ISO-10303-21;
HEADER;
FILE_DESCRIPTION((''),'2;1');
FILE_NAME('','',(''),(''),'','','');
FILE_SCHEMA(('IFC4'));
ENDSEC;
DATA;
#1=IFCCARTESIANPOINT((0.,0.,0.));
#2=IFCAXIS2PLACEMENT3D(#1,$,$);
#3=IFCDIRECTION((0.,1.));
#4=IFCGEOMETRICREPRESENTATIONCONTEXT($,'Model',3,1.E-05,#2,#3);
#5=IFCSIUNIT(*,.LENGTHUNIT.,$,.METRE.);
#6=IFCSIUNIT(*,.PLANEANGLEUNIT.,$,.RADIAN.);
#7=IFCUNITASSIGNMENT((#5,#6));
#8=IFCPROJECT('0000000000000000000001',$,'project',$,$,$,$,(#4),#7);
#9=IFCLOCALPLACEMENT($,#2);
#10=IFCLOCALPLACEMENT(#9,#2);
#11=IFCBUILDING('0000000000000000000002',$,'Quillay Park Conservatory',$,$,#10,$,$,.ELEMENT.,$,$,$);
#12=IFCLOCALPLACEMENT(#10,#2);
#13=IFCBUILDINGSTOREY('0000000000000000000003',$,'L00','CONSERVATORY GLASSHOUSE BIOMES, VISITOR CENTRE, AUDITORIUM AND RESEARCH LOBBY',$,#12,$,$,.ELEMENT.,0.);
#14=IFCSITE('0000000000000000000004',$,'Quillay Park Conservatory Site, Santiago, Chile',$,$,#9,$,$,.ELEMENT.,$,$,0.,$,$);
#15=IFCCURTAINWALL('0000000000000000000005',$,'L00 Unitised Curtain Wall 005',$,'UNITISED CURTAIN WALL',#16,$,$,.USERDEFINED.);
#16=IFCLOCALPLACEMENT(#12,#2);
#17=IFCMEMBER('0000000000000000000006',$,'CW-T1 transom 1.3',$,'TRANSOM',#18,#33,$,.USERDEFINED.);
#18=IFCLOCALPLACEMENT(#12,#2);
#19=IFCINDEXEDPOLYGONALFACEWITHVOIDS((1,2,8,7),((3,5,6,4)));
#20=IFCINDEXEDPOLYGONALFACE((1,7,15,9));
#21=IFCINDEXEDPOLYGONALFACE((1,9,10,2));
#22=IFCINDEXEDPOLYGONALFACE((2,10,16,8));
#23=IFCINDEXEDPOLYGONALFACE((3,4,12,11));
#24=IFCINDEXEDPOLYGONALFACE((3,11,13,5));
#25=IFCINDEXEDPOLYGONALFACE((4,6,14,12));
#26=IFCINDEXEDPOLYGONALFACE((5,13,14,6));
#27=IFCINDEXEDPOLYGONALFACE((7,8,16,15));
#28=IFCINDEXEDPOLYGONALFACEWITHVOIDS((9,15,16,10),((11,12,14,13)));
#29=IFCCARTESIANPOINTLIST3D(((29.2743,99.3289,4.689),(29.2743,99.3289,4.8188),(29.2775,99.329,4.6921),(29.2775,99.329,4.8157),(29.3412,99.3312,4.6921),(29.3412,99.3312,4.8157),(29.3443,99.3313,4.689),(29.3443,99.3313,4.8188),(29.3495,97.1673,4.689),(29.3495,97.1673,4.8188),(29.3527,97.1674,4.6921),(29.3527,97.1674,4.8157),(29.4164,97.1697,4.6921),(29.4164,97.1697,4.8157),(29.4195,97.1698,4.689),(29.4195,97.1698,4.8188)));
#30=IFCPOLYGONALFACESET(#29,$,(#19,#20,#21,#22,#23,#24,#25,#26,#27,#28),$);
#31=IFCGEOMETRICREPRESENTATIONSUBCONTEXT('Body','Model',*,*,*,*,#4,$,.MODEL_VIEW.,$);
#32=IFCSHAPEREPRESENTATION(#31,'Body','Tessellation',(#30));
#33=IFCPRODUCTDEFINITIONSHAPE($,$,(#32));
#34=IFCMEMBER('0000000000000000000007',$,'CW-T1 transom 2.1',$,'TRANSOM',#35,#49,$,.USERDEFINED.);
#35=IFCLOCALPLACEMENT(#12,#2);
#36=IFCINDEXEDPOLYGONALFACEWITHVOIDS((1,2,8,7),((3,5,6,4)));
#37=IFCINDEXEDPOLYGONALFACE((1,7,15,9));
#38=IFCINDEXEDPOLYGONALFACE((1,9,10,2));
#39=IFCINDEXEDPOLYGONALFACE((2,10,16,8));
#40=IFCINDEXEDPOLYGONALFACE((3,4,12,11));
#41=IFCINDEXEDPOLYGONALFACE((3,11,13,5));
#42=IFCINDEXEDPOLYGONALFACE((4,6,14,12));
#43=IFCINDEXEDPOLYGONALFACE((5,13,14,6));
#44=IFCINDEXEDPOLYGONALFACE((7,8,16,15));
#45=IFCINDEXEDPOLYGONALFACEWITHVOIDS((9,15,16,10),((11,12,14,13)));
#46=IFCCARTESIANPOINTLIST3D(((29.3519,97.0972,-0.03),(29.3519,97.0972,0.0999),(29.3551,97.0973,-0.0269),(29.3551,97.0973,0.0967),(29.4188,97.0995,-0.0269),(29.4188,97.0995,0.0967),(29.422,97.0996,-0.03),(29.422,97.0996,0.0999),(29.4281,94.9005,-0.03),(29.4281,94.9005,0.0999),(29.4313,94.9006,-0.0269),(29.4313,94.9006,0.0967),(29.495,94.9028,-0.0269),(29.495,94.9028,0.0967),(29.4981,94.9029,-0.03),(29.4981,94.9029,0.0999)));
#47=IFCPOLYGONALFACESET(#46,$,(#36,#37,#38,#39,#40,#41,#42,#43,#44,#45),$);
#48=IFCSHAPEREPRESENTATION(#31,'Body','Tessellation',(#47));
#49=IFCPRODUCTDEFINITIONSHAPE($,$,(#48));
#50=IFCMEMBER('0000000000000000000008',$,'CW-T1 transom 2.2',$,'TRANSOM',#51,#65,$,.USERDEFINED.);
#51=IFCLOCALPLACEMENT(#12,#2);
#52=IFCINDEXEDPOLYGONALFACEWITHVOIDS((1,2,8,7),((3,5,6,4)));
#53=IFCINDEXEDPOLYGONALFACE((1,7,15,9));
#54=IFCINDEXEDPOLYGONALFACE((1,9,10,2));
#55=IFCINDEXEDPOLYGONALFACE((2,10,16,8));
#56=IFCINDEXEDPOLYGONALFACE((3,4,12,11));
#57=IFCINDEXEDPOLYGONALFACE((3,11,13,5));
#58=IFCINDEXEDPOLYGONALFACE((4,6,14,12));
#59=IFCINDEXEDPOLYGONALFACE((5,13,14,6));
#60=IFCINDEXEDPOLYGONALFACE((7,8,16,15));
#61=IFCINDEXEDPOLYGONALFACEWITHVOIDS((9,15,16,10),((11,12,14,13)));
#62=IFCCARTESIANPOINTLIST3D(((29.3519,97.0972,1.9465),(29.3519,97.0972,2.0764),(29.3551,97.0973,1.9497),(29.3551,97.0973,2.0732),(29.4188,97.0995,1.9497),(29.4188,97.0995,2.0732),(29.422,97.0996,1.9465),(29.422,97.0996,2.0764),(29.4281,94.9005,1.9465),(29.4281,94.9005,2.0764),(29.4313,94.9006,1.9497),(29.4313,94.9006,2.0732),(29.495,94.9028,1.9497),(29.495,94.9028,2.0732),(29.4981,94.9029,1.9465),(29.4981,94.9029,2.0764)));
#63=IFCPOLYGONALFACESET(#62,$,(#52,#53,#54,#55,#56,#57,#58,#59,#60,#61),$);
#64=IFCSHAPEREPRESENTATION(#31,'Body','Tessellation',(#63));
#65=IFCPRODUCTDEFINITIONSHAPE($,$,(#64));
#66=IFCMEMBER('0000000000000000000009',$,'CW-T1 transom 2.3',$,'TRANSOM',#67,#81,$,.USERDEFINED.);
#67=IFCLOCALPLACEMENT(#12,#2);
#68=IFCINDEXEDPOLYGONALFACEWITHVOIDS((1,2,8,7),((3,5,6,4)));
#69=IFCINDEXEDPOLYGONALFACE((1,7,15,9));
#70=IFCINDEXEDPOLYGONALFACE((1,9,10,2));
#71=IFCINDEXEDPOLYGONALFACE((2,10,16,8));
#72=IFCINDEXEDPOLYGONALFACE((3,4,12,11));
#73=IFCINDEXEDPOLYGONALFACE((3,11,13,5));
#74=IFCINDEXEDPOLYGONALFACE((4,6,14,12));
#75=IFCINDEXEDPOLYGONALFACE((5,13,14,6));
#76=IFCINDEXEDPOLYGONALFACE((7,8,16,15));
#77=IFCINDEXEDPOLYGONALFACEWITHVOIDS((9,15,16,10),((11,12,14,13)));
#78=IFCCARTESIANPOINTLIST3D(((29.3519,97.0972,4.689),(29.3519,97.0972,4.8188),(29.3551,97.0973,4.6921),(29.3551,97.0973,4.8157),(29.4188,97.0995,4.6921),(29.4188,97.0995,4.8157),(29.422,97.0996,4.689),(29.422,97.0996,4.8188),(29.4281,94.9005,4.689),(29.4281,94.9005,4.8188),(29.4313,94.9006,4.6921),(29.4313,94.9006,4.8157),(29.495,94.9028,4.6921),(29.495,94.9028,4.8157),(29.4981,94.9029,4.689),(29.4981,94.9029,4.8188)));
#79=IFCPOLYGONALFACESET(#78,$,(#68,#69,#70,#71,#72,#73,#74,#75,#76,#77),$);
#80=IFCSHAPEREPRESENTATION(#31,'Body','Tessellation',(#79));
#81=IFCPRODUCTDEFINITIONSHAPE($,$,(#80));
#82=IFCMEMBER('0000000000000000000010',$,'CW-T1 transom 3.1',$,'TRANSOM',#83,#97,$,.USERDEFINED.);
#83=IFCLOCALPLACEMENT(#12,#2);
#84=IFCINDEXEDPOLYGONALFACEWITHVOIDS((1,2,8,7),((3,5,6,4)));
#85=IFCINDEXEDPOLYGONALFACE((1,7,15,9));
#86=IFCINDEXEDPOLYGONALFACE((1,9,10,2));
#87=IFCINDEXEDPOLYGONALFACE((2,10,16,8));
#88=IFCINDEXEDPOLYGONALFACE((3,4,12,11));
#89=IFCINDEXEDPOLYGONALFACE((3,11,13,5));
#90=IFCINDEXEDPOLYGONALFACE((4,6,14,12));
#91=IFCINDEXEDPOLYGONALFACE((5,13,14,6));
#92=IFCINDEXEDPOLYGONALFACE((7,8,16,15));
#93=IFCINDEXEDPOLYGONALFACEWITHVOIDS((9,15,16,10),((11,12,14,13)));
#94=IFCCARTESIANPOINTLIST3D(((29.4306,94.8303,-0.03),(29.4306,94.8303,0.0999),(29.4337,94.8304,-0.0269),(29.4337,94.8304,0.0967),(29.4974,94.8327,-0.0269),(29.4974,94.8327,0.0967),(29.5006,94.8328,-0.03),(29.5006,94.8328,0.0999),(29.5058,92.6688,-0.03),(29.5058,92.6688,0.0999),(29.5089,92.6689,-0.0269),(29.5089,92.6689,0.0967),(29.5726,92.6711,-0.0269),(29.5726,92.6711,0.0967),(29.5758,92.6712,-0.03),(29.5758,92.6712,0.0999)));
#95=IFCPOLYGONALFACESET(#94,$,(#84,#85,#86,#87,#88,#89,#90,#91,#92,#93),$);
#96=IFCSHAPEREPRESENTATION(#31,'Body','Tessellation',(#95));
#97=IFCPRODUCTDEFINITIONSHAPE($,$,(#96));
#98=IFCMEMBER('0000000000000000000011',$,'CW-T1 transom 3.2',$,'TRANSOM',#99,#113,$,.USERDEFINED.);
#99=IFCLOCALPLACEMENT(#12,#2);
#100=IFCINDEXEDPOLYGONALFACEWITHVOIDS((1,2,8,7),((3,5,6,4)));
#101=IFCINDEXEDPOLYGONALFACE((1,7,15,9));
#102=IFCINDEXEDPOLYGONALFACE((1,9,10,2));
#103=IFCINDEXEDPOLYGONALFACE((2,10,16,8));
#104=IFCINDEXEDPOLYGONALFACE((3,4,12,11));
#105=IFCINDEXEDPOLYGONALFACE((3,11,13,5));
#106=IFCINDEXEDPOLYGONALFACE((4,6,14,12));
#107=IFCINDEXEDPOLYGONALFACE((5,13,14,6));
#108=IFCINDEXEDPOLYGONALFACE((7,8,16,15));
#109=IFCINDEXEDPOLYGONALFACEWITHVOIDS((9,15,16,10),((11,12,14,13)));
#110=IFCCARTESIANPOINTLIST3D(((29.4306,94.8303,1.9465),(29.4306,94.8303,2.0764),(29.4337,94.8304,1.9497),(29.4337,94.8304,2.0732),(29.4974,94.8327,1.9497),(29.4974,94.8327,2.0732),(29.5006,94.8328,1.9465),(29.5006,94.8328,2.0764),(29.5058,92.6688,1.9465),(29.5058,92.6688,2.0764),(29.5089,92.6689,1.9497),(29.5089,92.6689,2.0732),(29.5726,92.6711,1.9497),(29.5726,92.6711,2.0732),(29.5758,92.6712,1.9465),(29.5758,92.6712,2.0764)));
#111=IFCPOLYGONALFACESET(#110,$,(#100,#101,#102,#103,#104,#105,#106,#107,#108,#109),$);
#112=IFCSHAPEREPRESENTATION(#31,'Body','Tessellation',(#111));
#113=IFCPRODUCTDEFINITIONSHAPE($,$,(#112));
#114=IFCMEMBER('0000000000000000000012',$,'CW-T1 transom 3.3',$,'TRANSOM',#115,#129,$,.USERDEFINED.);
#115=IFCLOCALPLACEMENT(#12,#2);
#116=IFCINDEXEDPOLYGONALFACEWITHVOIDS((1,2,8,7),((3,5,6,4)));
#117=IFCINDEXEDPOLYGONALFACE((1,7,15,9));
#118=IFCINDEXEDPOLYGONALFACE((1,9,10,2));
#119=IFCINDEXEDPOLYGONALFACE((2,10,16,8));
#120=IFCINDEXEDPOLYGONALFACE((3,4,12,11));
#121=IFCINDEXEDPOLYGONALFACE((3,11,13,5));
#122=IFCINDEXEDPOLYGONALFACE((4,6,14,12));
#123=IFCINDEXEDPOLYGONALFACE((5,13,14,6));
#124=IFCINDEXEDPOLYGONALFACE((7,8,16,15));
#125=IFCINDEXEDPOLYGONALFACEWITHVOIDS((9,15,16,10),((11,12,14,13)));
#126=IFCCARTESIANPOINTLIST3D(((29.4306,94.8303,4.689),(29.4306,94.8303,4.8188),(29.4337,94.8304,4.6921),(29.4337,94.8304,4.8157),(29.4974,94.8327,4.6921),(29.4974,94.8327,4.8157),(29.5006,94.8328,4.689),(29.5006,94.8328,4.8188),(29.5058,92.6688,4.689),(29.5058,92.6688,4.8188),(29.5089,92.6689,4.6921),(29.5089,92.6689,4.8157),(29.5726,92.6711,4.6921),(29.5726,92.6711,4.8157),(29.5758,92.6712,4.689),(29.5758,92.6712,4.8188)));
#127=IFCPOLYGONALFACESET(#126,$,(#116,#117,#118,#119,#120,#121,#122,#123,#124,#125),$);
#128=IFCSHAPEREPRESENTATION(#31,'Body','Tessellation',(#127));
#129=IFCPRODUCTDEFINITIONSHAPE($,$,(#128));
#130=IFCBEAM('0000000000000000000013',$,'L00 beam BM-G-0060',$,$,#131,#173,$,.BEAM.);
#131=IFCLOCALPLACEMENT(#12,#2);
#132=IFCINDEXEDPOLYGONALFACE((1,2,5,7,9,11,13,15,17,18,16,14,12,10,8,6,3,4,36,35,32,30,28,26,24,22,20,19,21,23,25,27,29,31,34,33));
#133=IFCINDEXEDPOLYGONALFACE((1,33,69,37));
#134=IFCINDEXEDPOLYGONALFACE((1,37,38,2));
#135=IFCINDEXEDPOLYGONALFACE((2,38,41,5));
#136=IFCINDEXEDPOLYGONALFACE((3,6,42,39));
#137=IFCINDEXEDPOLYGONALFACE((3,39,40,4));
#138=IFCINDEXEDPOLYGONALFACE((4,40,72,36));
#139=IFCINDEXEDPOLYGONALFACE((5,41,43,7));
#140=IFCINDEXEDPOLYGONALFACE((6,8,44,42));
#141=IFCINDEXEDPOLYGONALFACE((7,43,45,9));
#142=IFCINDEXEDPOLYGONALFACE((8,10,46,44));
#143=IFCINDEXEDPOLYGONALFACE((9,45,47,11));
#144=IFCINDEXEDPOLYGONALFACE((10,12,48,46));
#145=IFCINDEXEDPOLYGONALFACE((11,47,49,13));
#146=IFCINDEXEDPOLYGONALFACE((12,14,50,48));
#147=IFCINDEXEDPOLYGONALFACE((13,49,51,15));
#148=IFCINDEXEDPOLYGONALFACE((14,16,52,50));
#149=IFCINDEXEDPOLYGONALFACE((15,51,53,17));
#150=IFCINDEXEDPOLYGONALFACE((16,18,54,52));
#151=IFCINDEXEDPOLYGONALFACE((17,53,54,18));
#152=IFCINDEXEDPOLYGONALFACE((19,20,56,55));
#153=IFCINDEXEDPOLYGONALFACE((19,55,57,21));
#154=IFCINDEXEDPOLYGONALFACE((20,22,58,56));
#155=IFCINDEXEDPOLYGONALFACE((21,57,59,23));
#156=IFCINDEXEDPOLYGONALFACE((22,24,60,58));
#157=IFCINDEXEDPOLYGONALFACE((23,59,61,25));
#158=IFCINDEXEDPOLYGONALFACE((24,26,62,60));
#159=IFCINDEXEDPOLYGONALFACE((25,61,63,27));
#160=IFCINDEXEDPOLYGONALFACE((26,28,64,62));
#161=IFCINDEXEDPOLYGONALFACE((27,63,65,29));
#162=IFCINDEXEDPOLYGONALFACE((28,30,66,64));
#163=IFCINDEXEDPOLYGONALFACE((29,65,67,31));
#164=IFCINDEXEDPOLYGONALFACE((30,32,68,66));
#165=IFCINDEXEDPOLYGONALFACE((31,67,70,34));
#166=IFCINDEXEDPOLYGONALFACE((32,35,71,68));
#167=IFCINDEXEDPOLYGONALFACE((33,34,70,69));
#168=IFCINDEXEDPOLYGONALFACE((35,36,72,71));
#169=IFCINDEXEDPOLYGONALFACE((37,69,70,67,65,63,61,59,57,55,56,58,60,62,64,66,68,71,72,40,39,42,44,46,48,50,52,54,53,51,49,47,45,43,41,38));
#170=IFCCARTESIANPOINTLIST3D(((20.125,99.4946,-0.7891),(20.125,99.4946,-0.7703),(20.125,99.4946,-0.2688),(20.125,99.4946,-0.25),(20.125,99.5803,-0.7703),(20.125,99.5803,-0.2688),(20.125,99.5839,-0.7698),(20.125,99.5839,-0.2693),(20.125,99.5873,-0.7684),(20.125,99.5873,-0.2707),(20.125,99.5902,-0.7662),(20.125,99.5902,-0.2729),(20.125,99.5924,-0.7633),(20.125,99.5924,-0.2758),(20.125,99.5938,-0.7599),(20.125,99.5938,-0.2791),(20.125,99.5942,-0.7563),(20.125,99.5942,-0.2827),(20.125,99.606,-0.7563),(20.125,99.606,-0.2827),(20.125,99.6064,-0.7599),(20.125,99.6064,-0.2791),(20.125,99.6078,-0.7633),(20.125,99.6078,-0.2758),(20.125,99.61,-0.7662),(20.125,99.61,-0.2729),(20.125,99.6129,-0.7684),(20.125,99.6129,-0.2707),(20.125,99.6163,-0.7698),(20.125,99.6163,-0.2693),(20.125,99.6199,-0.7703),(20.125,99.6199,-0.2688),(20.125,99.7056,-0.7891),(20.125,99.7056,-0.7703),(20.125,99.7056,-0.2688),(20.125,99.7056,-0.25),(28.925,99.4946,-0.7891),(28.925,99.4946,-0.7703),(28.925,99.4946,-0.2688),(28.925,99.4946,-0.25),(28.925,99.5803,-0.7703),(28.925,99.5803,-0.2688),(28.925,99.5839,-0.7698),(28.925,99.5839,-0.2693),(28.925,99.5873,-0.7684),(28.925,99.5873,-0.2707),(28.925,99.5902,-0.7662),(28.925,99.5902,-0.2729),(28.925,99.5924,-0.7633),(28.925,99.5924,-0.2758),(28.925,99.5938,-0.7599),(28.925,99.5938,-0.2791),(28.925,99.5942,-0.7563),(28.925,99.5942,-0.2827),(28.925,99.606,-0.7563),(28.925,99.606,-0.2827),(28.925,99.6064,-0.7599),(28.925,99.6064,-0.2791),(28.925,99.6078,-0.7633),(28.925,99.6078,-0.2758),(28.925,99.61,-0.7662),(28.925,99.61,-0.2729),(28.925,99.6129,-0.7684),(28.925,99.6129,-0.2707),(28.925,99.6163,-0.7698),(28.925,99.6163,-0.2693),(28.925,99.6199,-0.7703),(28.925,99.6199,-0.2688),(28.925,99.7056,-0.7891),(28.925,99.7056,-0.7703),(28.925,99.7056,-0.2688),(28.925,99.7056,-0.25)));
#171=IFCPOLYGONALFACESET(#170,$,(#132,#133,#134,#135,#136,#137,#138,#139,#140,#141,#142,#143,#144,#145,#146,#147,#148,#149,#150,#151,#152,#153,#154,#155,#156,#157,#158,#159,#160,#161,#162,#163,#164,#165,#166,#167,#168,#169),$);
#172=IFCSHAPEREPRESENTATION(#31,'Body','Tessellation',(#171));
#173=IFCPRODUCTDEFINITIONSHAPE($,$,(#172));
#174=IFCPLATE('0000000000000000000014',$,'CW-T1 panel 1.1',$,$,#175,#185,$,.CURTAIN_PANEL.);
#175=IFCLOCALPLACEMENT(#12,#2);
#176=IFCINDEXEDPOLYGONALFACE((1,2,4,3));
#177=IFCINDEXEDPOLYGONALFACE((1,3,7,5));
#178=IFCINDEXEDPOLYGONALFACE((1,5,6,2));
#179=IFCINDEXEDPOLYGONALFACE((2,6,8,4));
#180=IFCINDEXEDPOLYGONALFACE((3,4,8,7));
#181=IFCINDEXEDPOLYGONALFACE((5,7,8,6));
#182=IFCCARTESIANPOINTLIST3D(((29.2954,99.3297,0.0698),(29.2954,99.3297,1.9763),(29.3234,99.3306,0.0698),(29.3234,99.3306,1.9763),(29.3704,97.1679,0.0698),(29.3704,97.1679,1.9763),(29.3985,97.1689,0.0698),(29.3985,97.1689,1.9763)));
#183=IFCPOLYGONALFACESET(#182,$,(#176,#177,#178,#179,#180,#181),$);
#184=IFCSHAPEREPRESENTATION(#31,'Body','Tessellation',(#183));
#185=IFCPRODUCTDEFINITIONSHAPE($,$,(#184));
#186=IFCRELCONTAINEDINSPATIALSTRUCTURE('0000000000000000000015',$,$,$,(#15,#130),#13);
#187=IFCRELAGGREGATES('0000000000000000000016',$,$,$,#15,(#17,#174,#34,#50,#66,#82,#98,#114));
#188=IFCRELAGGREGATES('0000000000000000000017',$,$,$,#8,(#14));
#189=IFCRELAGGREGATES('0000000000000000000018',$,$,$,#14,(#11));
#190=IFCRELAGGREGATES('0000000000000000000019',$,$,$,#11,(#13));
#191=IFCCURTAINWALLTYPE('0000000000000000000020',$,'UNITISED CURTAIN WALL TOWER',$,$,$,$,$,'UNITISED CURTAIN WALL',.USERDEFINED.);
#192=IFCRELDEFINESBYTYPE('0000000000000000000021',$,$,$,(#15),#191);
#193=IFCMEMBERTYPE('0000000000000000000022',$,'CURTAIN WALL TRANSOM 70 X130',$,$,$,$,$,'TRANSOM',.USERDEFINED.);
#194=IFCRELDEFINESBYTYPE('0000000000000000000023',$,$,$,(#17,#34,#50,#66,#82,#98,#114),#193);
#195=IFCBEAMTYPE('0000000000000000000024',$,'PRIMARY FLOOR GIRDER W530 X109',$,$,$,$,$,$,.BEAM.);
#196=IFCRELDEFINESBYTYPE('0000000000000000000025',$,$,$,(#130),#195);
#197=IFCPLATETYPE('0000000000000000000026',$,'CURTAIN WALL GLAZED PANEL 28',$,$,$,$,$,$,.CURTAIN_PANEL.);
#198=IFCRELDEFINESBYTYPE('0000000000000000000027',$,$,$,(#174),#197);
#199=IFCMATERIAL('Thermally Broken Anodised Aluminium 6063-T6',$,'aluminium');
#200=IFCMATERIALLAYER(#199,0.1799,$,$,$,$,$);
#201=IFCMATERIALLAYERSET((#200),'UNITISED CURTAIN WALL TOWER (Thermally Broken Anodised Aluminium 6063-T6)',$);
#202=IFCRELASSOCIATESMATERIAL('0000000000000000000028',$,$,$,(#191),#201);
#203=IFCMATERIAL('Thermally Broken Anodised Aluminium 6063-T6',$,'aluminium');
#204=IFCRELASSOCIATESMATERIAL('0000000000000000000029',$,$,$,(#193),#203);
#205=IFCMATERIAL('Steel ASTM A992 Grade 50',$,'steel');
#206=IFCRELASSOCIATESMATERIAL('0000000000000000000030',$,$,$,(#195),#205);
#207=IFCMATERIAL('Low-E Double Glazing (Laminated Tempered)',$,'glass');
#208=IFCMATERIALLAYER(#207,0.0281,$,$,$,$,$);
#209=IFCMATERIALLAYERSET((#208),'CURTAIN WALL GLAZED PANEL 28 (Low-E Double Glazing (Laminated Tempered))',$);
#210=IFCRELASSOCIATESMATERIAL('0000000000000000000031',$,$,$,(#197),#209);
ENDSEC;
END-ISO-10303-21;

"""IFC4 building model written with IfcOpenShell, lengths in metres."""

from ifc_helpers import new_model, si_unit, direction, frame, origin, origin_2d, place, context, subcontext, project, spatial, rectangle, hollow_rectangle, i_section, extrude, material, layer, layer_set, material_profile, profile_set, type_object, element, aggregate, save


model = new_model("IFC4")

# Units and contexts
model_context = context("Model", 3, precision=1e-05, world=origin(), true_north=direction((0.0, 1.0)))
body_context = subcontext(model_context, "Body", "Model", "MODEL_VIEW")
ifc_project = project(units=[si_unit("LENGTHUNIT", "METRE"), si_unit("PLANEANGLEUNIT", "RADIAN")], contexts=[model_context])

# Site, building, storey
site_placement = place(None, origin())
site = spatial("IfcSite", under=ifc_project, at=site_placement, Name="Quillay Park Conservatory Site, Santiago, Chile", CompositionType="ELEMENT", RefElevation=0.0)
building_placement = place(site_placement, origin())
building = spatial("IfcBuilding", under=site, at=building_placement, Name="Quillay Park Conservatory", CompositionType="ELEMENT")
storey_placement = place(building_placement, origin())
storey = spatial("IfcBuildingStorey", under=building, at=storey_placement, Name="L00", Description="CONSERVATORY GLASSHOUSE BIOMES, VISITOR CENTRE, AUDITORIUM AND RESEARCH LOBBY", CompositionType="ELEMENT", Elevation=0.0)

# Curtain wall, members
ifc_material_1 = material(Name="Thermally Broken Anodised Aluminium 6063-T6", Category="aluminium")
ifc_layer_1 = layer(ifc_material_1, 0.1799)
ifc_layer_set_1 = layer_set([ifc_layer_1], Name="UNITISED CURTAIN WALL TOWER (Thermally Broken Anodised Aluminium 6063-T6)")
curtain_wall_type = type_object("IfcCurtainWallType", Name="UNITISED CURTAIN WALL TOWER", ElementType="UNITISED CURTAIN WALL", PredefinedType="USERDEFINED", material=ifc_layer_set_1)
curtain_wall_placement = place(storey_placement, origin())
curtain_wall = element("IfcCurtainWall", 1, at=curtain_wall_placement, inside=storey, type_object=curtain_wall_type, Name="L00 Unitised Curtain Wall 005", ObjectType="UNITISED CURTAIN WALL", PredefinedType="USERDEFINED")
ifc_material_2 = material(Name="Thermally Broken Anodised Aluminium 6063-T6", Category="aluminium")
ifc_material_profile_1 = material_profile(ifc_material_2, hollow_rectangle(XDim=0.0701, YDim=0.1299, WallThickness=0.0032, at=origin_2d()), Name="AL70x130x3.2")
ifc_profile_set_1 = profile_set([ifc_material_profile_1], Name="Thermally Broken Anodised Aluminium 6063-T6")
member_type_1 = type_object("IfcMemberType", Name="CURTAIN WALL TRANSOM 70 X130", ElementType="TRANSOM", PredefinedType="USERDEFINED", material=ifc_profile_set_1)
member_1_placement = place(storey_placement, frame((29.3093, 99.3301, 4.7539), z_axis=(0.034766, -0.999395, 0.0), x_axis=(0.999395, 0.034766, 0.0)))
member_1 = element("IfcMember", 2, at=member_1_placement, type_object=member_type_1, Name="CW-T1 transom 1.3", ObjectType="TRANSOM", PredefinedType="USERDEFINED", context=body_context, shape_type="SweptSolid", body=[
    extrude(hollow_rectangle(XDim=0.0701, YDim=0.1299, WallThickness=0.0032, at=origin_2d()), origin(), (0.0, 0.0, 1.0), 2.1628),
])
member_2_placement = place(storey_placement, frame((29.387, 97.0984, 0.0349), z_axis=(0.034654, -0.999399, 0.0), x_axis=(0.999399, 0.034654, 0.0)))
member_2 = element("IfcMember", 3, at=member_2_placement, type_object=member_type_1, Name="CW-T1 transom 2.1", ObjectType="TRANSOM", PredefinedType="USERDEFINED", context=body_context, shape_type="SweptSolid", body=[
    extrude(hollow_rectangle(XDim=0.0701, YDim=0.1299, WallThickness=0.0032, at=origin_2d()), origin(), (0.0, 0.0, 1.0), 2.198),
])
member_3_placement = place(storey_placement, frame((29.387, 97.0984, 2.0115), z_axis=(0.034654, -0.999399, 0.0), x_axis=(0.999399, 0.034654, 0.0)))
member_3 = element("IfcMember", 4, at=member_3_placement, type_object=member_type_1, Name="CW-T1 transom 2.2", ObjectType="TRANSOM", PredefinedType="USERDEFINED", context=body_context, shape_type="SweptSolid", body=[
    extrude(hollow_rectangle(XDim=0.0701, YDim=0.1299, WallThickness=0.0032, at=origin_2d()), origin(), (0.0, 0.0, 1.0), 2.198),
])
member_4_placement = place(storey_placement, frame((29.387, 97.0984, 4.7539), z_axis=(0.034654, -0.999399, 0.0), x_axis=(0.999399, 0.034654, 0.0)))
member_4 = element("IfcMember", 5, at=member_4_placement, type_object=member_type_1, Name="CW-T1 transom 2.3", ObjectType="TRANSOM", PredefinedType="USERDEFINED", context=body_context, shape_type="SweptSolid", body=[
    extrude(hollow_rectangle(XDim=0.0701, YDim=0.1299, WallThickness=0.0032, at=origin_2d()), origin(), (0.0, 0.0, 1.0), 2.198),
])
member_5_placement = place(storey_placement, frame((29.4656, 94.8315, 0.0349), z_axis=(0.034766, -0.999395, 0.0), x_axis=(0.999395, 0.034766, 0.0)))
member_5 = element("IfcMember", 6, at=member_5_placement, type_object=member_type_1, Name="CW-T1 transom 3.1", ObjectType="TRANSOM", PredefinedType="USERDEFINED", context=body_context, shape_type="SweptSolid", body=[
    extrude(hollow_rectangle(XDim=0.0701, YDim=0.1299, WallThickness=0.0032, at=origin_2d()), origin(), (0.0, 0.0, 1.0), 2.1628),
])
member_6_placement = place(storey_placement, frame((29.4656, 94.8315, 2.0115), z_axis=(0.034766, -0.999395, 0.0), x_axis=(0.999395, 0.034766, 0.0)))
member_6 = element("IfcMember", 7, at=member_6_placement, type_object=member_type_1, Name="CW-T1 transom 3.2", ObjectType="TRANSOM", PredefinedType="USERDEFINED", context=body_context, shape_type="SweptSolid", body=[
    extrude(hollow_rectangle(XDim=0.0701, YDim=0.1299, WallThickness=0.0032, at=origin_2d()), origin(), (0.0, 0.0, 1.0), 2.1628),
])
member_7_placement = place(storey_placement, frame((29.4656, 94.8315, 4.7539), z_axis=(0.034766, -0.999395, 0.0), x_axis=(0.999395, 0.034766, 0.0)))
member_7 = element("IfcMember", 8, at=member_7_placement, type_object=member_type_1, Name="CW-T1 transom 3.3", ObjectType="TRANSOM", PredefinedType="USERDEFINED", context=body_context, shape_type="SweptSolid", body=[
    extrude(hollow_rectangle(XDim=0.0701, YDim=0.1299, WallThickness=0.0032, at=origin_2d()), origin(), (0.0, 0.0, 1.0), 2.1628),
])

# Beam
ifc_material_3 = material(Name="Steel ASTM A992 Grade 50", Category="steel")
ifc_material_profile_2 = material_profile(ifc_material_3, i_section(OverallWidth=0.2109, OverallDepth=0.5391, WebThickness=0.0117, FlangeThickness=0.0188, FilletRadius=0.0139, at=origin_2d()), Name="W530x109")
ifc_profile_set_2 = profile_set([ifc_material_profile_2], Name="Steel ASTM A992 Grade 50")
beam_type_1 = type_object("IfcBeamType", Name="PRIMARY FLOOR GIRDER W530 X109", PredefinedType="BEAM", material=ifc_profile_set_2)
beam_1_placement = place(storey_placement, frame((20.125, 99.6001, -0.5195), z_axis=(1.0, 0.0, 0.0), x_axis=(0.0, 1.0, 0.0)))
element("IfcBeam", 9, at=beam_1_placement, inside=storey, type_object=beam_type_1, Name="L00 beam BM-G-0060", PredefinedType="BEAM", context=body_context, shape_type="SweptSolid", body=[
    extrude(i_section(OverallWidth=0.2109, OverallDepth=0.5391, WebThickness=0.0117, FlangeThickness=0.0188, FilletRadius=0.0139, at=origin_2d()), origin(), (0.0, 0.0, 1.0), 8.8),
])

# Plate
ifc_material_4 = material(Name="Low-E Double Glazing (Laminated Tempered)", Category="glass")
ifc_layer_2 = layer(ifc_material_4, 0.0281)
ifc_layer_set_2 = layer_set([ifc_layer_2], Name="CURTAIN WALL GLAZED PANEL 28 (Low-E Double Glazing (Laminated Tempered))")
plate_type = type_object("IfcPlateType", Name="CURTAIN WALL GLAZED PANEL 28", PredefinedType="CURTAIN_PANEL", material=ifc_layer_set_2)
plate_1_placement = place(storey_placement, frame((29.3469, 98.2493, 0.0698), z_axis=(0.0, 0.0, 1.0), x_axis=(0.034713, -0.999397, 0.0)))
plate_1 = element("IfcPlate", 10, at=plate_1_placement, type_object=plate_type, Name="CW-T1 panel 1.1", PredefinedType="CURTAIN_PANEL", context=body_context, shape_type="SweptSolid", body=[
    extrude(rectangle(XDim=2.1631, YDim=0.0281, at=origin_2d()), origin(), (0.0, 0.0, 1.0), 1.9065),
])
aggregate(curtain_wall, [member_1, plate_1, member_2, member_3, member_4, member_5, member_6, member_7])

save(model, "model.ifc")
